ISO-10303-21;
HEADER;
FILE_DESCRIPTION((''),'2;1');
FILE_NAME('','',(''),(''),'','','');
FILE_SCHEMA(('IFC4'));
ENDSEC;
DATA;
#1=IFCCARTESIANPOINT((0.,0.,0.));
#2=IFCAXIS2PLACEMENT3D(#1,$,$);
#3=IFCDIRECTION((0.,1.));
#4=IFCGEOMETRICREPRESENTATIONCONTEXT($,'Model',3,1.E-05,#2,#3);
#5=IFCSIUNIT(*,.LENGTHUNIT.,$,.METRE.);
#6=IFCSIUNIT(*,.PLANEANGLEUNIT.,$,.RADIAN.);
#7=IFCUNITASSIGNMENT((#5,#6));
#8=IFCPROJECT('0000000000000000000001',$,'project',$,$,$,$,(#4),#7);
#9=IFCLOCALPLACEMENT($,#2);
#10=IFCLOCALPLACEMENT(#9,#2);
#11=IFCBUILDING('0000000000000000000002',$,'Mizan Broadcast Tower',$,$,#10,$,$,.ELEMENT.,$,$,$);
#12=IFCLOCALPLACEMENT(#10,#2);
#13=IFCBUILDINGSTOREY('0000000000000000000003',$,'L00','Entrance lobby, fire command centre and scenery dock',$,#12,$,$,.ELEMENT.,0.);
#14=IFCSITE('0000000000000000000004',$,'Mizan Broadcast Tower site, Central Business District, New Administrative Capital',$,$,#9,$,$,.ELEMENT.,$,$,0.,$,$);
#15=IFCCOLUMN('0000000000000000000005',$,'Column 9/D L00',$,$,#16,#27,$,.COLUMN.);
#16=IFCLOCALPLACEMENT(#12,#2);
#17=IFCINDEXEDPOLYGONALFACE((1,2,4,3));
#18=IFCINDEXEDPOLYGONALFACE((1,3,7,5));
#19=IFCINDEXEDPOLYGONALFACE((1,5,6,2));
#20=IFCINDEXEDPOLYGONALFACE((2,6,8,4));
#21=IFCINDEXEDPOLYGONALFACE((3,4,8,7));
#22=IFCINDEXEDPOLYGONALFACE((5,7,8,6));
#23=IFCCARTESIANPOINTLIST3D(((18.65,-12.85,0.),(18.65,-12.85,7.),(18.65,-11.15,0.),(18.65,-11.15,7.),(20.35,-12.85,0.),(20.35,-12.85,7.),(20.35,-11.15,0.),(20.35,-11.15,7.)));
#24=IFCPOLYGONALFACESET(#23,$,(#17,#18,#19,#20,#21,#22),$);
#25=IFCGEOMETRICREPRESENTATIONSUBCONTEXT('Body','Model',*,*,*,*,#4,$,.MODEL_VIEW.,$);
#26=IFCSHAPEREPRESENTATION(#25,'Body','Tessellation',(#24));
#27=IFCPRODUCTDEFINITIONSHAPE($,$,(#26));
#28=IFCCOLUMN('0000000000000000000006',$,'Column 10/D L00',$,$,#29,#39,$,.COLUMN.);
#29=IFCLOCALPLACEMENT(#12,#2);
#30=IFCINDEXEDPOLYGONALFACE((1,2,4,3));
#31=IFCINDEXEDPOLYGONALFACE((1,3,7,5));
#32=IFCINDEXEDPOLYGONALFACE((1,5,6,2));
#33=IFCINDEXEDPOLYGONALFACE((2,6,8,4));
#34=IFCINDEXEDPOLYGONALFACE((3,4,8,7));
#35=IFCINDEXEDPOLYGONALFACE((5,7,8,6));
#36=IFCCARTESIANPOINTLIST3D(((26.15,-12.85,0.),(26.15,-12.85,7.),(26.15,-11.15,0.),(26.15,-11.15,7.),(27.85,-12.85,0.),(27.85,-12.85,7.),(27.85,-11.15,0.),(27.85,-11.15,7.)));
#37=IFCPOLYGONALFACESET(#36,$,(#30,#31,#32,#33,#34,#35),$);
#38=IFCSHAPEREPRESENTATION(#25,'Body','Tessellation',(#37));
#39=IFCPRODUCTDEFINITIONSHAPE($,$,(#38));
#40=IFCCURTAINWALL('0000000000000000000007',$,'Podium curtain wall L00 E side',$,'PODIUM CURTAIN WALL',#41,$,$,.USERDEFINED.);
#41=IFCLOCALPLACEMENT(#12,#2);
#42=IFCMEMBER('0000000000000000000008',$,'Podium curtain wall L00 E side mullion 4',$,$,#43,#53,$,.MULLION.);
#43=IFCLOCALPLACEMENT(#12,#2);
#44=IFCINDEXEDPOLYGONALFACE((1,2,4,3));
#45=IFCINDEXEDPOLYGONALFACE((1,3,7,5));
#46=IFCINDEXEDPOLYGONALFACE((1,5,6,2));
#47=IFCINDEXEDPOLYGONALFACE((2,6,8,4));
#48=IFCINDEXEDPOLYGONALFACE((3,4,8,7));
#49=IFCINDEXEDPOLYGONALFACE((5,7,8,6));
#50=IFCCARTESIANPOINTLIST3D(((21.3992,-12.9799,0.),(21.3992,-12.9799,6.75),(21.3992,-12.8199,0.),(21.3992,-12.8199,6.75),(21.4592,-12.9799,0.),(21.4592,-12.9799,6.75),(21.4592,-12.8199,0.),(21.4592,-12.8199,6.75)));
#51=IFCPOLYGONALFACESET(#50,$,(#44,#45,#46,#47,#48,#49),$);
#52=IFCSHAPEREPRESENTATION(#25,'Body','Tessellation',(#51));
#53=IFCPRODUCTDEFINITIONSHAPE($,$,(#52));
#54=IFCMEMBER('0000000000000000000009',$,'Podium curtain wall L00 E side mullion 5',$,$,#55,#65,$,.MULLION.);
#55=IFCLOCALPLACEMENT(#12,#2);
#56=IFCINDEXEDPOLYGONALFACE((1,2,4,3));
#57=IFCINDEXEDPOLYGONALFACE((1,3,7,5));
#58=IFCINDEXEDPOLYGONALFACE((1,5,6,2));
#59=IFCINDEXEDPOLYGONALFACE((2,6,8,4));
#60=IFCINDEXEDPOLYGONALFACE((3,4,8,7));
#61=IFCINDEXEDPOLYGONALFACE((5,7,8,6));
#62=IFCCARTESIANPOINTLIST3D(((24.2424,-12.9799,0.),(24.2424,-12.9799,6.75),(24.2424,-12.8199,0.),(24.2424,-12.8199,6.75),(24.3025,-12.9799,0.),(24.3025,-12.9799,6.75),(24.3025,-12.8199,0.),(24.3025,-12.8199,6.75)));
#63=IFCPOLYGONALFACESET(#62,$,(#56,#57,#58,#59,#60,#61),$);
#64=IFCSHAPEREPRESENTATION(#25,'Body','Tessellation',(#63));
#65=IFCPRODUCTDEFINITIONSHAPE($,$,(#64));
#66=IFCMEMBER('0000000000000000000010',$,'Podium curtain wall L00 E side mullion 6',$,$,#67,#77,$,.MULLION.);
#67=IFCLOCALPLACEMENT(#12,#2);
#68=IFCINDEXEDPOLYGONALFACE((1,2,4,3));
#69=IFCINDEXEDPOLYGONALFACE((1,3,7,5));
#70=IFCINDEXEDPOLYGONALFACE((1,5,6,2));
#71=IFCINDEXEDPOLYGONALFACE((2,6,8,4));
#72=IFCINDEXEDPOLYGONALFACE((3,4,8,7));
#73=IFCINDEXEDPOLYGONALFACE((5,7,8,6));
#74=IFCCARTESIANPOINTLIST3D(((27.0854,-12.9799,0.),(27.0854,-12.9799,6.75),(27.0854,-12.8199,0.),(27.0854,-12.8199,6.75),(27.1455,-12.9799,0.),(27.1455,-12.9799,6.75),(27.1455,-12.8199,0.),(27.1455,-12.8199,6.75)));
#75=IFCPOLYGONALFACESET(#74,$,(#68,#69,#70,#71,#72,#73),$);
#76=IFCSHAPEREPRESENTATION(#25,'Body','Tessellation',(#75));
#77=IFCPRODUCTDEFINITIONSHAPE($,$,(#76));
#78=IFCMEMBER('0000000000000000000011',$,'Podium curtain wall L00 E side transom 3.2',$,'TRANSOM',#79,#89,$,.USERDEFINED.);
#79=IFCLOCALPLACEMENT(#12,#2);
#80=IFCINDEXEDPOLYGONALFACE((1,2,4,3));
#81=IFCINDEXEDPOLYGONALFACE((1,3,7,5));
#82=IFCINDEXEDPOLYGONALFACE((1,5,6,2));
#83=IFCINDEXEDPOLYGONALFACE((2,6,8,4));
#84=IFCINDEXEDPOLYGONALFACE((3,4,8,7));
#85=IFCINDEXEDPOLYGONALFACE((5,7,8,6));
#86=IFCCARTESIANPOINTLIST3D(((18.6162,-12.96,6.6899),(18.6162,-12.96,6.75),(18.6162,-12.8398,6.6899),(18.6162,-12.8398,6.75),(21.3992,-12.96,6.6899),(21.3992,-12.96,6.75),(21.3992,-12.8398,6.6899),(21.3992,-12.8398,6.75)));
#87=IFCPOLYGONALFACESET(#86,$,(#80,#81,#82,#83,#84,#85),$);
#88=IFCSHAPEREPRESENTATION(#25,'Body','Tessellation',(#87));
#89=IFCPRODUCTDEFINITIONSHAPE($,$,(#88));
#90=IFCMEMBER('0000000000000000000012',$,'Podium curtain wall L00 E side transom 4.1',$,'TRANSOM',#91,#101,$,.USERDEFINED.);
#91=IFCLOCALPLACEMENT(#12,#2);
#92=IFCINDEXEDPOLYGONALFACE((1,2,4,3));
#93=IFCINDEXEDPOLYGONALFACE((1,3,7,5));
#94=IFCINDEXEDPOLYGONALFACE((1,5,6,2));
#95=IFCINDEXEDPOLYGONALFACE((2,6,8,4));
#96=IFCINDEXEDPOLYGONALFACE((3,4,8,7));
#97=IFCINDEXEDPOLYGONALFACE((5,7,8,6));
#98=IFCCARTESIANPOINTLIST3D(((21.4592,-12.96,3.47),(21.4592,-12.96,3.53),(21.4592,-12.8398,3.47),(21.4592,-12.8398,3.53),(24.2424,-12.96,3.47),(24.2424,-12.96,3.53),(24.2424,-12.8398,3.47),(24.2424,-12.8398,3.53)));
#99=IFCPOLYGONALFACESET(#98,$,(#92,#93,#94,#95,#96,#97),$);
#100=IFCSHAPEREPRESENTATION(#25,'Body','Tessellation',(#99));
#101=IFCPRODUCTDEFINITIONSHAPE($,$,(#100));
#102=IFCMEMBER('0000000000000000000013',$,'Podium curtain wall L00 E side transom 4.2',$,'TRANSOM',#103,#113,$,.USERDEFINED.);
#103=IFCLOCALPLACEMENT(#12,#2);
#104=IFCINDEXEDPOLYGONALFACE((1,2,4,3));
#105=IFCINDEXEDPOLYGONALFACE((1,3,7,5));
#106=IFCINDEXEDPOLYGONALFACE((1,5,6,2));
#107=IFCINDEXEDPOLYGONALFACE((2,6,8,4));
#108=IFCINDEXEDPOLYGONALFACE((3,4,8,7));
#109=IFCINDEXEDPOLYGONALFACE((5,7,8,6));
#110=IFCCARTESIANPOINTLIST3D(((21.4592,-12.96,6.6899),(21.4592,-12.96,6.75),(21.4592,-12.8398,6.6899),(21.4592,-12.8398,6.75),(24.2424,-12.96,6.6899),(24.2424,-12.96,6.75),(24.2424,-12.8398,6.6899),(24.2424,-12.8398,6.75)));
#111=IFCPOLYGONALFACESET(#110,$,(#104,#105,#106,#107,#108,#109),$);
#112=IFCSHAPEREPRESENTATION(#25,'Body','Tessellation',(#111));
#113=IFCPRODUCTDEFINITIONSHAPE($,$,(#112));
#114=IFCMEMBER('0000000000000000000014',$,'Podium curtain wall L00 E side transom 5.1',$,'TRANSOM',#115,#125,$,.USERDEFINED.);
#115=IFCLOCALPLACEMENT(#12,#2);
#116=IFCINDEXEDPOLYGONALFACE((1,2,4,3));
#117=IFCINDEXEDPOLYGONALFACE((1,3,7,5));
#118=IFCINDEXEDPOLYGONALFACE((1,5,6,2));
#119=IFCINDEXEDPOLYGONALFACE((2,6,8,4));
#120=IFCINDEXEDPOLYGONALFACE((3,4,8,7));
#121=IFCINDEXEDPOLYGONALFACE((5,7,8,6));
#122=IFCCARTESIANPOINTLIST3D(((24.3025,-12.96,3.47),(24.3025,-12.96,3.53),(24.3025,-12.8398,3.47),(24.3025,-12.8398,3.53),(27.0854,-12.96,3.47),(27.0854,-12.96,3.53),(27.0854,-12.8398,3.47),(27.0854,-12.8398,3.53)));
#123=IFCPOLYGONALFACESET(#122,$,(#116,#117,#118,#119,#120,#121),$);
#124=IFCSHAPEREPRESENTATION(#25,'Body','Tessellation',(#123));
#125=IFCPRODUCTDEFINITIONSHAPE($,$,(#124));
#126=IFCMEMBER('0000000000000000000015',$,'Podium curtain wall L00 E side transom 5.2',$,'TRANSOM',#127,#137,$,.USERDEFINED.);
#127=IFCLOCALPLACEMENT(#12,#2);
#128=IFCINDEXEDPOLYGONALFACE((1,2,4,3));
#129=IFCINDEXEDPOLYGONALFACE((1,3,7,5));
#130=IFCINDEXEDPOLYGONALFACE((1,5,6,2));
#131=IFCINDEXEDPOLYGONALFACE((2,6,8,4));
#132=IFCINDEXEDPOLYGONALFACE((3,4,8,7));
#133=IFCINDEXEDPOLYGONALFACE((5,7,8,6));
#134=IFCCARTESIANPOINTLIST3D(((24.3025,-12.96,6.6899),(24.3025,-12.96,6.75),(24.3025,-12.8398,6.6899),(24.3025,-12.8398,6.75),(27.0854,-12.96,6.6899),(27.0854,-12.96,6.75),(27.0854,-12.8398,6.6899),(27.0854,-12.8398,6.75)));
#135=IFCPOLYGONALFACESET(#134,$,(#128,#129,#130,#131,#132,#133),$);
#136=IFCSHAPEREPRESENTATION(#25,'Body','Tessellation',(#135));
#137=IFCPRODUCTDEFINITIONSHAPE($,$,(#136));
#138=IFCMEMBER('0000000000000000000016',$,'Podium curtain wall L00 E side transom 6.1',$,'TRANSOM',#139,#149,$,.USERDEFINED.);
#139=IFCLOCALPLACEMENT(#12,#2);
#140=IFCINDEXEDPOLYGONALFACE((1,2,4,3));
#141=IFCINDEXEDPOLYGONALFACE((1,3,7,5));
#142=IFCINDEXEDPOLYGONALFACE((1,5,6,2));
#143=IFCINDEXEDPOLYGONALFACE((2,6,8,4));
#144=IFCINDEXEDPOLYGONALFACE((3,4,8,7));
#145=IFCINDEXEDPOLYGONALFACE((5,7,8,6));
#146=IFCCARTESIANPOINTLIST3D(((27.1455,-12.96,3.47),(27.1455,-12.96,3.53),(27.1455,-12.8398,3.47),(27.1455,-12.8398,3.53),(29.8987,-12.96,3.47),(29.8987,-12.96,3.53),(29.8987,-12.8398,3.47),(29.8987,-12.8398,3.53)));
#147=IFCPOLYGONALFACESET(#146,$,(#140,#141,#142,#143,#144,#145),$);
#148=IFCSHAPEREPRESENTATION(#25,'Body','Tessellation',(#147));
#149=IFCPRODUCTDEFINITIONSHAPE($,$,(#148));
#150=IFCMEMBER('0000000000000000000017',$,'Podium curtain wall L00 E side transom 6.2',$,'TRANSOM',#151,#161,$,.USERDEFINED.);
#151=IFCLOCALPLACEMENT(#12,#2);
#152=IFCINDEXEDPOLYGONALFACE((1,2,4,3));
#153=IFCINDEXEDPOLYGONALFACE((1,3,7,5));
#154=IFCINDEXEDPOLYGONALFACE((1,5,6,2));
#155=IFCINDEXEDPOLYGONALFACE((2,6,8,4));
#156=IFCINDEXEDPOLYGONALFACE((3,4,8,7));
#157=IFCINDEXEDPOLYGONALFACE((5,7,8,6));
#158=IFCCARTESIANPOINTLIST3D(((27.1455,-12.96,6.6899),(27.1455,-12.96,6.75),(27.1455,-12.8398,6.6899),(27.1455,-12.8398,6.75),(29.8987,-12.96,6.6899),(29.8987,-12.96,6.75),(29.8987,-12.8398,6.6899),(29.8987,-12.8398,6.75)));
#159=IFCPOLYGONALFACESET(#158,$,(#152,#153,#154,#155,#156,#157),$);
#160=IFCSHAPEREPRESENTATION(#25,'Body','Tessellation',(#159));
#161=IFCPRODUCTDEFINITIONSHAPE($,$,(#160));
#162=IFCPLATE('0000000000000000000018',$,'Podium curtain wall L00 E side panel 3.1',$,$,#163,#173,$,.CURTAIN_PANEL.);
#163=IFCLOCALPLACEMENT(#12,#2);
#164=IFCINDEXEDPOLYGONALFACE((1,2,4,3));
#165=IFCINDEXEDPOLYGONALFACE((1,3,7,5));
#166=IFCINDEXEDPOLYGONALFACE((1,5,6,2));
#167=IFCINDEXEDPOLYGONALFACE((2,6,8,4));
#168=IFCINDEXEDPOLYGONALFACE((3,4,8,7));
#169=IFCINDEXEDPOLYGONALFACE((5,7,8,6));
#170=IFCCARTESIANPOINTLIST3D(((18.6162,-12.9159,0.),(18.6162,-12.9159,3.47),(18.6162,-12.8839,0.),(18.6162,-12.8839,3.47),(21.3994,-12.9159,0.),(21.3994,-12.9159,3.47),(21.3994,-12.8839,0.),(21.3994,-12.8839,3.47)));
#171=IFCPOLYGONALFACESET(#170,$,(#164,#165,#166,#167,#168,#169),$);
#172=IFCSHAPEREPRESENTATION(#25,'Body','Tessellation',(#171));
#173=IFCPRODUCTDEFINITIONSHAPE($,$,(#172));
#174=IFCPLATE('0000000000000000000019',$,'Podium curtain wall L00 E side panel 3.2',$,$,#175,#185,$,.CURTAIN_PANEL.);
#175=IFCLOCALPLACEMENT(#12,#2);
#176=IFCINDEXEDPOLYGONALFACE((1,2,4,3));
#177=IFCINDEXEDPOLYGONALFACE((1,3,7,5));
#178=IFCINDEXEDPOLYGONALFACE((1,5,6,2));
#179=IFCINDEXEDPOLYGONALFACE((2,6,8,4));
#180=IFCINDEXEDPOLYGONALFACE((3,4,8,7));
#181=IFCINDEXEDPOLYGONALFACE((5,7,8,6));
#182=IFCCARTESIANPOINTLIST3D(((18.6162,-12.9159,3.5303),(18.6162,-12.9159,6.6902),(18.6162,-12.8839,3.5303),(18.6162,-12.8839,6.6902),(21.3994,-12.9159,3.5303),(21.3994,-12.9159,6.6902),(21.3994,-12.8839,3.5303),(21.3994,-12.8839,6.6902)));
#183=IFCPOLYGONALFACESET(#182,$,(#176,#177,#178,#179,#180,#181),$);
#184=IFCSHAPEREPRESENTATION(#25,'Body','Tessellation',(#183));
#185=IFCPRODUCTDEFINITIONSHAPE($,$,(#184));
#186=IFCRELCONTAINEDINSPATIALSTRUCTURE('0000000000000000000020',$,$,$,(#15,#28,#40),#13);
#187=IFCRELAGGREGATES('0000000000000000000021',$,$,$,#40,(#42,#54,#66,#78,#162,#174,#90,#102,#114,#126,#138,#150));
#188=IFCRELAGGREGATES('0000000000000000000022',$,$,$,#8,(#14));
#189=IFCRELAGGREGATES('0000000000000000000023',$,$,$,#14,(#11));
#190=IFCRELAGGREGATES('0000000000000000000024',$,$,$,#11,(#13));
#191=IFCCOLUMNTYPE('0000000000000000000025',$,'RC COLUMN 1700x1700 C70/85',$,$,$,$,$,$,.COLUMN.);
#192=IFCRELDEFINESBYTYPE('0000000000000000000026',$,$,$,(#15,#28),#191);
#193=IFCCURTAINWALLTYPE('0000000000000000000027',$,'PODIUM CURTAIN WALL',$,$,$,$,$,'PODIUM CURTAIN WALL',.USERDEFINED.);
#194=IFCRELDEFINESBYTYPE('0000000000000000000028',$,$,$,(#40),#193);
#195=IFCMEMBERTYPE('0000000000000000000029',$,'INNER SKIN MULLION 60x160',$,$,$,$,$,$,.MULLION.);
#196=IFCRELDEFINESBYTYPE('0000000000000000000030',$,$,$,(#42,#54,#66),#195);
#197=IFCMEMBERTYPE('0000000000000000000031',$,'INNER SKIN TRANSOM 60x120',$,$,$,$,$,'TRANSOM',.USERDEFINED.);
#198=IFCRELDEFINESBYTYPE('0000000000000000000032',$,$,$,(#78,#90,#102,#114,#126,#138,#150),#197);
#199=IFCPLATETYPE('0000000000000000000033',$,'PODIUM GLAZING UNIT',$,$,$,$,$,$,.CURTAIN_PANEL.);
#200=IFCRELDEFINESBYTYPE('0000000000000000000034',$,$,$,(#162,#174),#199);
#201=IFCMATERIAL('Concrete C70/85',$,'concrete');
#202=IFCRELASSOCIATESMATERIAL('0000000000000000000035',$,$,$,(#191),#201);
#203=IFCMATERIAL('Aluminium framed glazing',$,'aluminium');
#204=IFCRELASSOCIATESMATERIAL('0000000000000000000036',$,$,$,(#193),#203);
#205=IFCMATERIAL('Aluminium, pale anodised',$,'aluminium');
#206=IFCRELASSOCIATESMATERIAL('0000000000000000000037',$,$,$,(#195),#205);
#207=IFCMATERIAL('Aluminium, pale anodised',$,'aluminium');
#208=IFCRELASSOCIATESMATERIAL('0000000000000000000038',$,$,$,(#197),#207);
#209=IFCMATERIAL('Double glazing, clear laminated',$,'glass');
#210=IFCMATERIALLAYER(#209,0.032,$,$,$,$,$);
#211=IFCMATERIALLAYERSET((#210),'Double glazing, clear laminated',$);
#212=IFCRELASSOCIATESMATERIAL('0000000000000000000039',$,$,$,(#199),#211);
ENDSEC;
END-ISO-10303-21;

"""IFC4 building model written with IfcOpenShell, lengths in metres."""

from ifc_helpers import new_model, si_unit, direction, frame, origin, origin_2d, place, context, subcontext, project, spatial, rectangle, extrude, material, layer, layer_set, material_profile, profile_set, type_object, element, aggregate, save


model = new_model("IFC4")

# Units and contexts
model_context = context("Model", 3, precision=1e-05, world=origin(), true_north=direction((0.0, 1.0)))
body_context = subcontext(model_context, "Body", "Model", "MODEL_VIEW")
ifc_project = project(units=[si_unit("LENGTHUNIT", "METRE"), si_unit("PLANEANGLEUNIT", "RADIAN")], contexts=[model_context])

# Site, building, storey
site_placement = place(None, origin())
site = spatial("IfcSite", under=ifc_project, at=site_placement, Name="Mizan Broadcast Tower site, Central Business District, New Administrative Capital", CompositionType="ELEMENT", RefElevation=0.0)
building_placement = place(site_placement, origin())
building = spatial("IfcBuilding", under=site, at=building_placement, Name="Mizan Broadcast Tower", CompositionType="ELEMENT")
storey_placement = place(building_placement, origin())
storey = spatial("IfcBuildingStorey", under=building, at=storey_placement, Name="L00", Description="Entrance lobby, fire command centre and scenery dock", CompositionType="ELEMENT", Elevation=0.0)

# Columns
ifc_material_1 = material(Name="Concrete C70/85", Category="concrete")
ifc_material_profile_1 = material_profile(ifc_material_1, rectangle(XDim=1.7, YDim=1.7, at=origin_2d()), Name="RC 1700x1700")
ifc_profile_set_1 = profile_set([ifc_material_profile_1], Name="Concrete C70/85")
column_type = type_object("IfcColumnType", Name="RC COLUMN 1700x1700 C70/85", PredefinedType="COLUMN", material=ifc_profile_set_1)
for number, where, z_axis, x_axis, name in (
    (1, (19.5, -12.0, 0.0), (0.0, 0.0, 1.0), (1.0, 0.0, 0.0), "Column 9/D L00"),
    (2, (27.0, -12.0, 0.0), (0.0, 0.0, 1.0), (1.0, 0.0, 0.0), "Column 10/D L00"),
):
    element("IfcColumn", number, at=place(storey_placement, frame(where, z_axis=z_axis, x_axis=x_axis)), inside=storey, type_object=column_type, Name=name, PredefinedType="COLUMN", context=body_context, shape_type="SweptSolid", body=[
        extrude(rectangle(XDim=1.7, YDim=1.7, at=origin_2d()), origin(), (0.0, 0.0, 1.0), 7.0),
    ])

# Curtain wall, members, plates
ifc_material_2 = material(Name="Aluminium framed glazing", Category="aluminium")
curtain_wall_type = type_object("IfcCurtainWallType", Name="PODIUM CURTAIN WALL", ElementType="PODIUM CURTAIN WALL", PredefinedType="USERDEFINED", material=ifc_material_2)
curtain_wall_placement = place(storey_placement, origin())
curtain_wall = element("IfcCurtainWall", 3, at=curtain_wall_placement, inside=storey, type_object=curtain_wall_type, Name="Podium curtain wall L00 E side", ObjectType="PODIUM CURTAIN WALL", PredefinedType="USERDEFINED")
ifc_material_3 = material(Name="Aluminium, pale anodised", Category="aluminium")
ifc_material_profile_2 = material_profile(ifc_material_3, rectangle(XDim=0.1599, YDim=0.0601, at=origin_2d()), Name="MULLION 160x60")
ifc_profile_set_2 = profile_set([ifc_material_profile_2], Name="Aluminium, pale anodised")
member_type_1 = type_object("IfcMemberType", Name="INNER SKIN MULLION 60x160", PredefinedType="MULLION", material=ifc_profile_set_2)
member_1_placement = place(storey_placement, frame((21.4292, -12.8999, 0.0), z_axis=(0.0, 0.0, 1.0), x_axis=(0.0, 1.0, 0.0)))
member_1 = element("IfcMember", 4, at=member_1_placement, type_object=member_type_1, Name="Podium curtain wall L00 E side mullion 4", PredefinedType="MULLION", context=body_context, shape_type="SweptSolid", body=[
    extrude(rectangle(XDim=0.1599, YDim=0.0601, at=origin_2d()), origin(), (0.0, 0.0, 1.0), 6.75),
])
member_2_placement = place(storey_placement, frame((24.2725, -12.8999, 0.0), z_axis=(0.0, 0.0, 1.0), x_axis=(0.0, 1.0, 0.0)))
member_2 = element("IfcMember", 5, at=member_2_placement, type_object=member_type_1, Name="Podium curtain wall L00 E side mullion 5", PredefinedType="MULLION", context=body_context, shape_type="SweptSolid", body=[
    extrude(rectangle(XDim=0.1599, YDim=0.0601, at=origin_2d()), origin(), (0.0, 0.0, 1.0), 6.75),
])
member_3_placement = place(storey_placement, frame((27.1155, -12.8999, 0.0), z_axis=(0.0, 0.0, 1.0), x_axis=(0.0, 1.0, 0.0)))
member_3 = element("IfcMember", 6, at=member_3_placement, type_object=member_type_1, Name="Podium curtain wall L00 E side mullion 6", PredefinedType="MULLION", context=body_context, shape_type="SweptSolid", body=[
    extrude(rectangle(XDim=0.1599, YDim=0.0601, at=origin_2d()), origin(), (0.0, 0.0, 1.0), 6.75),
])
ifc_material_4 = material(Name="Aluminium, pale anodised", Category="aluminium")
ifc_material_profile_3 = material_profile(ifc_material_4, rectangle(XDim=0.1201, YDim=0.0601, at=origin_2d()), Name="TRANSOM 120x60")
ifc_profile_set_3 = profile_set([ifc_material_profile_3], Name="Aluminium, pale anodised")
member_type_2 = type_object("IfcMemberType", Name="INNER SKIN TRANSOM 60x120", ElementType="TRANSOM", PredefinedType="USERDEFINED", material=ifc_profile_set_3)
member_4_placement = place(storey_placement, frame((18.6162, -12.8999, 6.72), z_axis=(1.0, 0.0, 0.0), x_axis=(0.0, 1.0, 0.0)))
member_4 = element("IfcMember", 7, at=member_4_placement, type_object=member_type_2, Name="Podium curtain wall L00 E side transom 3.2", ObjectType="TRANSOM", PredefinedType="USERDEFINED", context=body_context, shape_type="SweptSolid", body=[
    extrude(rectangle(XDim=0.1201, YDim=0.0601, at=origin_2d()), origin(), (0.0, 0.0, 1.0), 2.783),
])
member_5_placement = place(storey_placement, frame((21.4592, -12.8999, 3.5), z_axis=(1.0, 0.0, 0.0), x_axis=(0.0, 1.0, 0.0)))
member_5 = element("IfcMember", 8, at=member_5_placement, type_object=member_type_2, Name="Podium curtain wall L00 E side transom 4.1", ObjectType="TRANSOM", PredefinedType="USERDEFINED", context=body_context, shape_type="SweptSolid", body=[
    extrude(rectangle(XDim=0.1201, YDim=0.0601, at=origin_2d()), origin(), (0.0, 0.0, 1.0), 2.7832),
])
member_6_placement = place(storey_placement, frame((21.4592, -12.8999, 6.72), z_axis=(1.0, 0.0, 0.0), x_axis=(0.0, 1.0, 0.0)))
member_6 = element("IfcMember", 9, at=member_6_placement, type_object=member_type_2, Name="Podium curtain wall L00 E side transom 4.2", ObjectType="TRANSOM", PredefinedType="USERDEFINED", context=body_context, shape_type="SweptSolid", body=[
    extrude(rectangle(XDim=0.1201, YDim=0.0601, at=origin_2d()), origin(), (0.0, 0.0, 1.0), 2.7832),
])
member_7_placement = place(storey_placement, frame((24.3025, -12.8999, 3.5), z_axis=(1.0, 0.0, 0.0), x_axis=(0.0, 1.0, 0.0)))
member_7 = element("IfcMember", 10, at=member_7_placement, type_object=member_type_2, Name="Podium curtain wall L00 E side transom 5.1", ObjectType="TRANSOM", PredefinedType="USERDEFINED", context=body_context, shape_type="SweptSolid", body=[
    extrude(rectangle(XDim=0.1201, YDim=0.0601, at=origin_2d()), origin(), (0.0, 0.0, 1.0), 2.783),
])
member_8_placement = place(storey_placement, frame((24.3025, -12.8999, 6.72), z_axis=(1.0, 0.0, 0.0), x_axis=(0.0, 1.0, 0.0)))
member_8 = element("IfcMember", 11, at=member_8_placement, type_object=member_type_2, Name="Podium curtain wall L00 E side transom 5.2", ObjectType="TRANSOM", PredefinedType="USERDEFINED", context=body_context, shape_type="SweptSolid", body=[
    extrude(rectangle(XDim=0.1201, YDim=0.0601, at=origin_2d()), origin(), (0.0, 0.0, 1.0), 2.783),
])
member_9_placement = place(storey_placement, frame((27.1455, -12.8999, 3.5), z_axis=(1.0, 0.0, 0.0), x_axis=(0.0, 1.0, 0.0)))
member_9 = element("IfcMember", 12, at=member_9_placement, type_object=member_type_2, Name="Podium curtain wall L00 E side transom 6.1", ObjectType="TRANSOM", PredefinedType="USERDEFINED", context=body_context, shape_type="SweptSolid", body=[
    extrude(rectangle(XDim=0.1201, YDim=0.0601, at=origin_2d()), origin(), (0.0, 0.0, 1.0), 2.7532),
])
member_10_placement = place(storey_placement, frame((27.1455, -12.8999, 6.72), z_axis=(1.0, 0.0, 0.0), x_axis=(0.0, 1.0, 0.0)))
member_10 = element("IfcMember", 13, at=member_10_placement, type_object=member_type_2, Name="Podium curtain wall L00 E side transom 6.2", ObjectType="TRANSOM", PredefinedType="USERDEFINED", context=body_context, shape_type="SweptSolid", body=[
    extrude(rectangle(XDim=0.1201, YDim=0.0601, at=origin_2d()), origin(), (0.0, 0.0, 1.0), 2.7532),
])
ifc_material_5 = material(Name="Double glazing, clear laminated", Category="glass")
ifc_layer = layer(ifc_material_5, 0.032)
ifc_layer_set = layer_set([ifc_layer], Name="Double glazing, clear laminated")
plate_type = type_object("IfcPlateType", Name="PODIUM GLAZING UNIT", PredefinedType="CURTAIN_PANEL", material=ifc_layer_set)
plate_1_placement = place(storey_placement, frame((20.0078, -12.8999, 0.0), z_axis=(0.0, 0.0, 1.0), x_axis=(1.0, 0.0, 0.0)))
plate_1 = element("IfcPlate", 14, at=plate_1_placement, type_object=plate_type, Name="Podium curtain wall L00 E side panel 3.1", PredefinedType="CURTAIN_PANEL", context=body_context, shape_type="SweptSolid", body=[
    extrude(rectangle(XDim=2.7832, YDim=0.032, at=origin_2d()), origin(), (0.0, 0.0, 1.0), 3.47),
])
plate_2_placement = place(storey_placement, frame((20.0078, -12.8999, 3.5303), z_axis=(0.0, 0.0, 1.0), x_axis=(1.0, 0.0, 0.0)))
plate_2 = element("IfcPlate", 15, at=plate_2_placement, type_object=plate_type, Name="Podium curtain wall L00 E side panel 3.2", PredefinedType="CURTAIN_PANEL", context=body_context, shape_type="SweptSolid", body=[
    extrude(rectangle(XDim=2.7832, YDim=0.032, at=origin_2d()), origin(), (0.0, 0.0, 1.0), 3.1599),
])
aggregate(curtain_wall, [member_1, member_2, member_3, member_4, plate_1, plate_2, member_5, member_6, member_7, member_8, member_9, member_10])

save(model, "model.ifc")
